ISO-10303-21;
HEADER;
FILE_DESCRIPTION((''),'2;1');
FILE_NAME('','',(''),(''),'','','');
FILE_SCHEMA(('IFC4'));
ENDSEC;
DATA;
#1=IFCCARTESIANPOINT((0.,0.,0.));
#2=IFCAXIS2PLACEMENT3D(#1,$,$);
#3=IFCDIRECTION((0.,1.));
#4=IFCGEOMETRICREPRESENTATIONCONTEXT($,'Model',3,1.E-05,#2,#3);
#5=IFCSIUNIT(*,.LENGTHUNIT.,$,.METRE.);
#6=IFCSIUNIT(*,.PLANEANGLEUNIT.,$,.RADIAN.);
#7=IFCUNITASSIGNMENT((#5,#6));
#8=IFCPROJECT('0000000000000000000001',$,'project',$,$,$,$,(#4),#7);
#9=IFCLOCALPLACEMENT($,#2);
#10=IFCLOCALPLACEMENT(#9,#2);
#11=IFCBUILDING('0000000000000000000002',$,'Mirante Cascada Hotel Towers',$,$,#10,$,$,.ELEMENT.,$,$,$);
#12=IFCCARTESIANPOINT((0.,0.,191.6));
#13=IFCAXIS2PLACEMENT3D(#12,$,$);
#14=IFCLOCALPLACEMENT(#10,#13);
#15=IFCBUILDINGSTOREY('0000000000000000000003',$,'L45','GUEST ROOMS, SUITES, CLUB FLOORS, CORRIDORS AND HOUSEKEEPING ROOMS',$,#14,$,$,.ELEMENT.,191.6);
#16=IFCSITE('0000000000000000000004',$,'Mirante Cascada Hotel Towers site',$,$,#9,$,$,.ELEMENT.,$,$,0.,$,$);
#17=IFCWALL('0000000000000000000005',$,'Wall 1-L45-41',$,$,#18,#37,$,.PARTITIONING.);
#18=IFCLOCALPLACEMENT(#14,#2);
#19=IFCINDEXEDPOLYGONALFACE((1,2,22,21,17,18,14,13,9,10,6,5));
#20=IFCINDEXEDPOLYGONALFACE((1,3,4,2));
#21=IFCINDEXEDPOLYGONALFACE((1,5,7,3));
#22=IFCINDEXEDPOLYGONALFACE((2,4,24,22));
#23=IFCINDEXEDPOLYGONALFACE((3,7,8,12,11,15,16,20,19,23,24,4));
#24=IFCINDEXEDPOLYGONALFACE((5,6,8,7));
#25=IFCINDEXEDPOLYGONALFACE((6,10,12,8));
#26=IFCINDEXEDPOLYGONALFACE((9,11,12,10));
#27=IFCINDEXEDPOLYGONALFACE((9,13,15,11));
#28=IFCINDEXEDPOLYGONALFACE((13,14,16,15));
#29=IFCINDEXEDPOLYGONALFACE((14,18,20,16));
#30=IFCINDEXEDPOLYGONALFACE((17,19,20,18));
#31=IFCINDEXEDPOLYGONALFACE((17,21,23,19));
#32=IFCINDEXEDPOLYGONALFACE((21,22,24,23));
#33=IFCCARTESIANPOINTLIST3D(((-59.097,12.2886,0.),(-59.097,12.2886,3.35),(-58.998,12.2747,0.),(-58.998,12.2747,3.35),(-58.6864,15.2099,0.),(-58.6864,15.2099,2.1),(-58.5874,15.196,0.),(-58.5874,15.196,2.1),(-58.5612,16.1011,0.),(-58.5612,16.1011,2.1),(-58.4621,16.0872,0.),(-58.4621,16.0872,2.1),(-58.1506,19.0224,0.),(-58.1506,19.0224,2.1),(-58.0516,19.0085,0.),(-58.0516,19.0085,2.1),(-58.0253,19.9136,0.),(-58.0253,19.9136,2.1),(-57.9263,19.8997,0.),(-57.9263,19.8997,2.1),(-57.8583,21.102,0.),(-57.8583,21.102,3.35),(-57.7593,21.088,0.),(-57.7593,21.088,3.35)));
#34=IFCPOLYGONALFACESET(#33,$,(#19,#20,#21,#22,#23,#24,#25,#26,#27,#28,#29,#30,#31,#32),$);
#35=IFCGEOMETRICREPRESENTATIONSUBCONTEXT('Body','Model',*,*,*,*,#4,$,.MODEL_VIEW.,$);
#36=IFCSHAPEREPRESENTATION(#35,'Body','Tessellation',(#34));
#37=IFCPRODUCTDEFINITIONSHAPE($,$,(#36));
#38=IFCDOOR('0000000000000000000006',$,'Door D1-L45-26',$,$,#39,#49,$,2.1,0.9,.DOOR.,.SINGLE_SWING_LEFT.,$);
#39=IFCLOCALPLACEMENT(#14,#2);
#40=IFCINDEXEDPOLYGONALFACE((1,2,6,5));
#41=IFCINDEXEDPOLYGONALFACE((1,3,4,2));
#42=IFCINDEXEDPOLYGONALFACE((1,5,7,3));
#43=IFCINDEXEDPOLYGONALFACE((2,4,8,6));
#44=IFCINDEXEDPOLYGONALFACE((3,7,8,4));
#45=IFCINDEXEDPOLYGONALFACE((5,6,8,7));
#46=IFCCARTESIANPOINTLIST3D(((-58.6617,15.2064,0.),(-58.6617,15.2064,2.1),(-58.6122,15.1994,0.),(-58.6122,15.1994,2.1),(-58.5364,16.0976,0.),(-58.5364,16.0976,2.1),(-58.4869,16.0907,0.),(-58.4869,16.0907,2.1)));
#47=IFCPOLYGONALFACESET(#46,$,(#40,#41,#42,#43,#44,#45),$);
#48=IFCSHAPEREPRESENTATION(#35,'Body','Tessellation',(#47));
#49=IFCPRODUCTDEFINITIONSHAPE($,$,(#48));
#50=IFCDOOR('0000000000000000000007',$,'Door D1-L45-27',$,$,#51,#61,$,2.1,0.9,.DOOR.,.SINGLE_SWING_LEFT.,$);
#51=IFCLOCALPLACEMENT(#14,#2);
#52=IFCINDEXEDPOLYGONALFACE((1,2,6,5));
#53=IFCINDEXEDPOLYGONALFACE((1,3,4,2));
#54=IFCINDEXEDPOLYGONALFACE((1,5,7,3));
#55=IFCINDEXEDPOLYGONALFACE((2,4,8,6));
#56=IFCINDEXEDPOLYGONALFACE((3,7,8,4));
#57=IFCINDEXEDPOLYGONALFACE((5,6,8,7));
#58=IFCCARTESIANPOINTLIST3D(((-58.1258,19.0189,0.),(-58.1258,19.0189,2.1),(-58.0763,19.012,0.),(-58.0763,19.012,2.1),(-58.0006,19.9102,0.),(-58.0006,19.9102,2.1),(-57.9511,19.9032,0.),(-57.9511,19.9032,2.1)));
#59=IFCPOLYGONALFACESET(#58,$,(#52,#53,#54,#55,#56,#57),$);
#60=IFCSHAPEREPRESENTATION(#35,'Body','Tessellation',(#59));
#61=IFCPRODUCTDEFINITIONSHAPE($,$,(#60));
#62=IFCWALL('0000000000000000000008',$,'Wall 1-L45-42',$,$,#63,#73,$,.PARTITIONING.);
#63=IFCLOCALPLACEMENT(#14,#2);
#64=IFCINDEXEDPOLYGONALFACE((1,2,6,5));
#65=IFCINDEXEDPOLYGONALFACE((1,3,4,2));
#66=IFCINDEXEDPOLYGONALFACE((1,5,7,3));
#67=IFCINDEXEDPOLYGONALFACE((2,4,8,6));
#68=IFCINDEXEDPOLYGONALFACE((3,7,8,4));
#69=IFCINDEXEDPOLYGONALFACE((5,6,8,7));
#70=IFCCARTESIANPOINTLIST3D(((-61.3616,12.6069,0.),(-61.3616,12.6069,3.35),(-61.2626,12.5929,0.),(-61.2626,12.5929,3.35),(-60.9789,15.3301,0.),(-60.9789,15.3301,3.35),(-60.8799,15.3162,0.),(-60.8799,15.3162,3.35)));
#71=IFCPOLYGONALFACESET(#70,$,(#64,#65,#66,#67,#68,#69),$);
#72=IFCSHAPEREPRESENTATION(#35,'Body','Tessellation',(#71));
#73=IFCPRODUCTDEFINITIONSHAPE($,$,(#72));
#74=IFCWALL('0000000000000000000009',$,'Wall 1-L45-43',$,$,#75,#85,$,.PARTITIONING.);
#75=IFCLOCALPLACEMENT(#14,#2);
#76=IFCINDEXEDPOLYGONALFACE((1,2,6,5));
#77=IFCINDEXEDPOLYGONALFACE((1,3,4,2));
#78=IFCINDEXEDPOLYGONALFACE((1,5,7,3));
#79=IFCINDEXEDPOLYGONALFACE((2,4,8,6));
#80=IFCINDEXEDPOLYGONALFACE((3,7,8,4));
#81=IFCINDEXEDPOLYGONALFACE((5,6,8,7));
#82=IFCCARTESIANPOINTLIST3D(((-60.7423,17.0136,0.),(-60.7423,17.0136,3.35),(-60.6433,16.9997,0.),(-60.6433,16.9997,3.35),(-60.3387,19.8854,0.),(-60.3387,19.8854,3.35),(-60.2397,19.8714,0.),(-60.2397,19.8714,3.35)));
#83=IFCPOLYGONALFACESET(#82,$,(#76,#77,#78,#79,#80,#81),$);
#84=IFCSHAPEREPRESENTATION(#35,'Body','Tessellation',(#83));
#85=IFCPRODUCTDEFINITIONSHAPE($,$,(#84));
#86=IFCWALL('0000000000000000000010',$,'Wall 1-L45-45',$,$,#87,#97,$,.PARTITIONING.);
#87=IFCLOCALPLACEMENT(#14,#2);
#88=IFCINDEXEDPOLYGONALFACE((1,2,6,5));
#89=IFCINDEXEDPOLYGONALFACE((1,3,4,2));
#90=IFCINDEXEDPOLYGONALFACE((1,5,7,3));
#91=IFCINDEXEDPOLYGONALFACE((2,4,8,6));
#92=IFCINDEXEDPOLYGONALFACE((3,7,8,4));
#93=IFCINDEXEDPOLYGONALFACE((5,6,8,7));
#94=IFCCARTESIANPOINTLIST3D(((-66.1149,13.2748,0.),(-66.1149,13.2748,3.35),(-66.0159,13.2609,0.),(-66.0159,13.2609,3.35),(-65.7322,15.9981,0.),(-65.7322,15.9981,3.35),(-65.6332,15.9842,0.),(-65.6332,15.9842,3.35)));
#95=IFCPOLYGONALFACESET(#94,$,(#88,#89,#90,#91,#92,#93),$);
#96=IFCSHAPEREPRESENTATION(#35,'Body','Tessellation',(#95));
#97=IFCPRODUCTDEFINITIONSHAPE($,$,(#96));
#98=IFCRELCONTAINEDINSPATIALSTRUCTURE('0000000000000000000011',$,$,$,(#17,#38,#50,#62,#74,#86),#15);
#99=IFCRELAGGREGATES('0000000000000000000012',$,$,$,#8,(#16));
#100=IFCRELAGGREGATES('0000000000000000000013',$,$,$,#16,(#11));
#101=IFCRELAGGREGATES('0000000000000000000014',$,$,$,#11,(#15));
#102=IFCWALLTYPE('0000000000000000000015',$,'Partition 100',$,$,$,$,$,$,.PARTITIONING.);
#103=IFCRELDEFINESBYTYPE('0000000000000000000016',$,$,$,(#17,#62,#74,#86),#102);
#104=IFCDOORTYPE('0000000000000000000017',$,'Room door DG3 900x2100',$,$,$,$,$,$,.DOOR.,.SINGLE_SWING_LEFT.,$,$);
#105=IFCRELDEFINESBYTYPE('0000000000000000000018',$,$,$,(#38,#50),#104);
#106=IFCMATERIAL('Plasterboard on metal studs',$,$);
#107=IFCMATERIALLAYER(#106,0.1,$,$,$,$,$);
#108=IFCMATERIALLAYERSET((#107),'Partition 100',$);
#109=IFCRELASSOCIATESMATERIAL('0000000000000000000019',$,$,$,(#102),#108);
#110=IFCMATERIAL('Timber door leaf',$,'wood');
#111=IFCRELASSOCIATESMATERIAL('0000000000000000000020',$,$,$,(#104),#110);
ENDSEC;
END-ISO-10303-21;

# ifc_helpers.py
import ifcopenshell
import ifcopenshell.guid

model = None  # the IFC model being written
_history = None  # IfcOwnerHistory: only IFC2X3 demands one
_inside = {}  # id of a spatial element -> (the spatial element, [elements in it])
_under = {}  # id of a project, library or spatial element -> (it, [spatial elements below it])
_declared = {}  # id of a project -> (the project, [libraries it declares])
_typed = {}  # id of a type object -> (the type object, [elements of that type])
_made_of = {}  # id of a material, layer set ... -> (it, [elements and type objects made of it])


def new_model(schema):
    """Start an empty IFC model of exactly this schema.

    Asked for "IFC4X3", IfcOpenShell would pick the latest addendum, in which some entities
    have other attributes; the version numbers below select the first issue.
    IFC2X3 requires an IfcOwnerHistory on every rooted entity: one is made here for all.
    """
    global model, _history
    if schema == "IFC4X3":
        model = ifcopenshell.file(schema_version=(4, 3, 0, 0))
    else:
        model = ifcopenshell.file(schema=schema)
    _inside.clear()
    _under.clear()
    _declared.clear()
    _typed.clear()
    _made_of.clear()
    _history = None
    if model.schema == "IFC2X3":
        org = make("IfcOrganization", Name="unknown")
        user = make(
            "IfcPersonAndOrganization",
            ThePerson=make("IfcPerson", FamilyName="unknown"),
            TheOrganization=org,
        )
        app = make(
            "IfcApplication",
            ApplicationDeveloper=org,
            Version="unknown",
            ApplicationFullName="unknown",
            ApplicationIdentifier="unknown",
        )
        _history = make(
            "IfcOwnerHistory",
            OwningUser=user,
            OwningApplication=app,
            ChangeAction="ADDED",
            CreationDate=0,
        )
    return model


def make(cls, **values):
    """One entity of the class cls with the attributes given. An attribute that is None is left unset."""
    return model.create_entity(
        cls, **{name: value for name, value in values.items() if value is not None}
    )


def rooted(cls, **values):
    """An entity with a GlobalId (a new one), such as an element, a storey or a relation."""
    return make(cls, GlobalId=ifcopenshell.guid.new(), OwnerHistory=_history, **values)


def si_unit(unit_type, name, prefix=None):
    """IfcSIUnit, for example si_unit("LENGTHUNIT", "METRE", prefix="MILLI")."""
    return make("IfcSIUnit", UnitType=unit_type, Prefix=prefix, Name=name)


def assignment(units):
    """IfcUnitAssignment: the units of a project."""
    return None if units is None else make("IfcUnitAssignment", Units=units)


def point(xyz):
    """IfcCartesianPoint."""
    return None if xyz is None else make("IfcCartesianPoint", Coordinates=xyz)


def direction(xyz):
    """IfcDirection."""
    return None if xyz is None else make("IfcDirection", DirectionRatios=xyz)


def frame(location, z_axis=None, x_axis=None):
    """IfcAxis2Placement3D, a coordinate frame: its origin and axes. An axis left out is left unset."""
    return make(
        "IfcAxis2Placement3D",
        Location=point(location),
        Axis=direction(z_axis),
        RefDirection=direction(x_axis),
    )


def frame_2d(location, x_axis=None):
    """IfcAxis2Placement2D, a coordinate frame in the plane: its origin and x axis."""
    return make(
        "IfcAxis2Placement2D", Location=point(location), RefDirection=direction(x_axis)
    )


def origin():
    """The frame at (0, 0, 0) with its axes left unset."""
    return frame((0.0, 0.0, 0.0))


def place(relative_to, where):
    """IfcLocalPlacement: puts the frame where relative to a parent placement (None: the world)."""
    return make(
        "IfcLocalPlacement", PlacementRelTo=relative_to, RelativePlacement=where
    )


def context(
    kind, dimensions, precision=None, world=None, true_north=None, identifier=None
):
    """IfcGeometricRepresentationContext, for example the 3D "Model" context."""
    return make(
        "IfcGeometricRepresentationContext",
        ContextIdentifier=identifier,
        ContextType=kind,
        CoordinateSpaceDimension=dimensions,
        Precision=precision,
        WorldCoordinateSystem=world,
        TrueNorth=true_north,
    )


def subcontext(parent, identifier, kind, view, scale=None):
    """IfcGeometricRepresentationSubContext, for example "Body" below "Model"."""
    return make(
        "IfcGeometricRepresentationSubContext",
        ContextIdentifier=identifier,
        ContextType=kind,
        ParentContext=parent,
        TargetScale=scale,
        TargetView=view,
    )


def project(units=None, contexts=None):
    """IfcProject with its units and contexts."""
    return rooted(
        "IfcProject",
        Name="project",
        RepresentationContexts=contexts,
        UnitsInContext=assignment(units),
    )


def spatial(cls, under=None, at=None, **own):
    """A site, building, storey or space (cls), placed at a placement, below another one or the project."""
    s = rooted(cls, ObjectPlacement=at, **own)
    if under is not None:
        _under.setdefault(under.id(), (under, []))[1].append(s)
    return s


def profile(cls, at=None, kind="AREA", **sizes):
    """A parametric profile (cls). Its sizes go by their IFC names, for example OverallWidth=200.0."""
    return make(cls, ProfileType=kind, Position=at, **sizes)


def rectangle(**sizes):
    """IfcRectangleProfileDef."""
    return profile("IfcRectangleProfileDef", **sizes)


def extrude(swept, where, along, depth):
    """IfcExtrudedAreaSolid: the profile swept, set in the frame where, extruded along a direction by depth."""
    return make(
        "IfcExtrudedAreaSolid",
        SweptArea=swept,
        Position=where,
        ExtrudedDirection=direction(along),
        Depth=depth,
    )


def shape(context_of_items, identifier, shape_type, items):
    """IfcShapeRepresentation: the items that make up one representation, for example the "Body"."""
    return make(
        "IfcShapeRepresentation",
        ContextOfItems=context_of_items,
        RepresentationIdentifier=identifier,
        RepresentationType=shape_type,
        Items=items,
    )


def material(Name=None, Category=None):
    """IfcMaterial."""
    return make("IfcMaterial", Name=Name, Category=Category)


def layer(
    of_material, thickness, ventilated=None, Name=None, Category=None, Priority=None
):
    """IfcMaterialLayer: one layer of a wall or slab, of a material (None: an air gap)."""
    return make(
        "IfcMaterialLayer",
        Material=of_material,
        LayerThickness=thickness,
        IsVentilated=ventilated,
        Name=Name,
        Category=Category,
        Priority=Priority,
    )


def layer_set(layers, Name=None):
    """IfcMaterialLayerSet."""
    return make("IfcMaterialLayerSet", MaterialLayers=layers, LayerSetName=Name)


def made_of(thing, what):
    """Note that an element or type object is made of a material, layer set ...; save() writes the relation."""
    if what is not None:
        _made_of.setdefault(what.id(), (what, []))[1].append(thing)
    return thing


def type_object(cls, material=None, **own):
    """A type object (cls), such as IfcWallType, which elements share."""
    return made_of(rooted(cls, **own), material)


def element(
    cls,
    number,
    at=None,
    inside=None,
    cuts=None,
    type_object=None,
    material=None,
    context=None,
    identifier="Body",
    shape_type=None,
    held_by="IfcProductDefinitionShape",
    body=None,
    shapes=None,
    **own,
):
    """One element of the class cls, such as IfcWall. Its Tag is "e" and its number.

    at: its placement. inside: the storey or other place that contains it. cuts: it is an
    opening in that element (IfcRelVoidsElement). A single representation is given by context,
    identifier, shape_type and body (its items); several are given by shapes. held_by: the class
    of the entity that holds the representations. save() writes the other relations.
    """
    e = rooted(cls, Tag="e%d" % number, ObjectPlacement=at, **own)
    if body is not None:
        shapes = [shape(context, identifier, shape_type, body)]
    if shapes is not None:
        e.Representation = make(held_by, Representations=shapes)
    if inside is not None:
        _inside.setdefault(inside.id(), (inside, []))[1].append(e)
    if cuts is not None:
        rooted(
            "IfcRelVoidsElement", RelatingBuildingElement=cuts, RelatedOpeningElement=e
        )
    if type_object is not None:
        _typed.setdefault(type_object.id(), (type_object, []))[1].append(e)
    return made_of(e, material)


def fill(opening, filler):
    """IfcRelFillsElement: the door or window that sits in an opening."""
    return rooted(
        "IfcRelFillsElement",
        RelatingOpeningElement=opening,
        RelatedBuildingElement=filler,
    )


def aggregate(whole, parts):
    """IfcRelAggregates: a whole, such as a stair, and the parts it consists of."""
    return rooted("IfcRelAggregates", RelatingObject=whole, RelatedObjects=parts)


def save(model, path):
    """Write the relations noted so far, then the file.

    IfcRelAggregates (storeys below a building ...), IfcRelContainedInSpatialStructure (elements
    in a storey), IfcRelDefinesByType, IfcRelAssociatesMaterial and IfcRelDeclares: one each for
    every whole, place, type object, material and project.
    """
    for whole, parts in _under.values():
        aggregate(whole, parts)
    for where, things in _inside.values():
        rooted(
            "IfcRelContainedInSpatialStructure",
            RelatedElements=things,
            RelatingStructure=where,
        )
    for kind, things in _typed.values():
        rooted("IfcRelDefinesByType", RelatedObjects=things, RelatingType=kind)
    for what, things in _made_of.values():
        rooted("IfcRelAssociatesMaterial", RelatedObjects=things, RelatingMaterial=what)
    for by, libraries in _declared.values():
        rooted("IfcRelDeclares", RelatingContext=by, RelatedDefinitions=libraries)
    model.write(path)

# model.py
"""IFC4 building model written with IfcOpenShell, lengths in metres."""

from ifc_helpers import new_model, si_unit, direction, frame, frame_2d, origin, place, context, subcontext, project, spatial, rectangle, extrude, material, layer, layer_set, type_object, element, fill, save


model = new_model("IFC4")

# Units and contexts
model_context = context("Model", 3, precision=1e-05, world=origin(), true_north=direction((0.0, 1.0)))
body_context = subcontext(model_context, "Body", "Model", "MODEL_VIEW")
ifc_project = project(units=[si_unit("LENGTHUNIT", "METRE"), si_unit("PLANEANGLEUNIT", "RADIAN")], contexts=[model_context])

# Site, building, storey
site_placement = place(None, origin())
site = spatial("IfcSite", under=ifc_project, at=site_placement, Name="Mirante Cascada Hotel Towers site", CompositionType="ELEMENT", RefElevation=0.0)
building_placement = place(site_placement, origin())
building = spatial("IfcBuilding", under=site, at=building_placement, Name="Mirante Cascada Hotel Towers", CompositionType="ELEMENT")
storey_placement = place(building_placement, frame((0.0, 0.0, 191.6)))
storey = spatial("IfcBuildingStorey", under=building, at=storey_placement, Name="L45", Description="GUEST ROOMS, SUITES, CLUB FLOORS, CORRIDORS AND HOUSEKEEPING ROOMS", CompositionType="ELEMENT", Elevation=191.6)

# Shared definitions
ifc_material_1 = material(Name="Plasterboard on metal studs")
ifc_layer_1 = layer(ifc_material_1, 0.1)
ifc_layer_set_1 = layer_set([ifc_layer_1], Name="Partition 100")
wall_type_1 = type_object("IfcWallType", Name="Partition 100", PredefinedType="PARTITIONING", material=ifc_layer_set_1)

# Wall, openings, doors
wall_1_placement = place(storey_placement, frame((-57.8088, 21.095, 0.0), z_axis=(0.0, 0.0, 1.0), x_axis=(-0.139179, -0.990267, 0.0)))
wall_1 = element("IfcWall", 1, at=wall_1_placement, inside=storey, type_object=wall_type_1, Name="Wall 1-L45-41", PredefinedType="PARTITIONING", context=body_context, shape_type="SweptSolid", body=[
    extrude(rectangle(XDim=8.9, YDim=0.1, at=frame_2d((4.45, 0.0))), origin(), (0.0, 0.0, 1.0), 3.35),
])
opening_1_placement = place(wall_1_placement, frame((5.05, 0.0, 0.0)))
opening_1 = element("IfcOpeningElement", 2, at=opening_1_placement, cuts=wall_1, PredefinedType="OPENING", context=body_context, shape_type="SweptSolid", body=[
    extrude(rectangle(XDim=0.9, YDim=2.1, at=frame_2d((0.45, 1.05))), frame((0.0, 0.05, 0.0), z_axis=(0.0, -1.0, 0.0), x_axis=(1.0, 0.0, 0.0)), (0.0, 0.0, 1.0), 0.1),
])
opening_2_placement = place(wall_1_placement, frame((1.2, 0.0, 0.0)))
opening_2 = element("IfcOpeningElement", 3, at=opening_2_placement, cuts=wall_1, PredefinedType="OPENING", context=body_context, shape_type="SweptSolid", body=[
    extrude(rectangle(XDim=0.9, YDim=2.1, at=frame_2d((0.45, 1.05))), frame((0.0, 0.05, 0.0), z_axis=(0.0, -1.0, 0.0), x_axis=(1.0, 0.0, 0.0)), (0.0, 0.0, 1.0), 0.1),
])
ifc_material_2 = material(Name="Timber door leaf", Category="wood")
door_type_1 = type_object("IfcDoorType", Name="Room door DG3 900x2100", OperationType="SINGLE_SWING_LEFT", PredefinedType="DOOR", material=ifc_material_2)
door_1_placement = place(opening_1_placement, origin())
door_1 = element("IfcDoor", 4, at=door_1_placement, inside=storey, type_object=door_type_1, Name="Door D1-L45-26", OperationType="SINGLE_SWING_LEFT", OverallHeight=2.1, OverallWidth=0.9, PredefinedType="DOOR", context=body_context, shape_type="SweptSolid", body=[
    extrude(rectangle(XDim=0.9, YDim=2.1, at=frame_2d((0.45, 1.05))), frame((0.0, 0.025, 0.0), z_axis=(0.0, -1.0, 0.0), x_axis=(1.0, 0.0, 0.0)), (0.0, 0.0, 1.0), 0.05),
])
fill(opening_1, door_1)
door_2_placement = place(opening_2_placement, origin())
door_2 = element("IfcDoor", 5, at=door_2_placement, inside=storey, type_object=door_type_1, Name="Door D1-L45-27", OperationType="SINGLE_SWING_LEFT", OverallHeight=2.1, OverallWidth=0.9, PredefinedType="DOOR", context=body_context, shape_type="SweptSolid", body=[
    extrude(rectangle(XDim=0.9, YDim=2.1, at=frame_2d((0.45, 1.05))), frame((0.0, 0.025, 0.0), z_axis=(0.0, -1.0, 0.0), x_axis=(1.0, 0.0, 0.0)), (0.0, 0.0, 1.0), 0.05),
])
fill(opening_2, door_2)

# Walls
wall_2_placement = place(storey_placement, frame((-61.3121, 12.5999, 0.0), z_axis=(0.0, 0.0, 1.0), x_axis=(0.139166, 0.990269, 0.0)))
element("IfcWall", 6, at=wall_2_placement, inside=storey, type_object=wall_type_1, Name="Wall 1-L45-42", PredefinedType="PARTITIONING", context=body_context, shape_type="SweptSolid", body=[
    extrude(rectangle(XDim=2.75, YDim=0.1, at=frame_2d((1.375, 0.0))), origin(), (0.0, 0.0, 1.0), 3.35),
])
wall_3_placement = place(storey_placement, frame((-60.2892, 19.8784, 0.0), z_axis=(0.0, 0.0, 1.0), x_axis=(-0.139171, -0.990268, 0.0)))
element("IfcWall", 7, at=wall_3_placement, inside=storey, type_object=wall_type_1, Name="Wall 1-L45-43", PredefinedType="PARTITIONING", context=body_context, shape_type="SweptSolid", body=[
    extrude(rectangle(XDim=2.9, YDim=0.1, at=frame_2d((1.45, 0.0))), origin(), (0.0, 0.0, 1.0), 3.35),
])
wall_4_placement = place(storey_placement, frame((-65.6827, 15.9912, 0.0), z_axis=(0.0, 0.0, 1.0), x_axis=(-0.139161, -0.99027, 0.0)))
element("IfcWall", 8, at=wall_4_placement, inside=storey, type_object=wall_type_1, Name="Wall 1-L45-45", PredefinedType="PARTITIONING", context=body_context, shape_type="SweptSolid", body=[
    extrude(rectangle(XDim=2.7501, YDim=0.1, at=frame_2d((1.3751, 0.0))), origin(), (0.0, 0.0, 1.0), 3.35),
])

save(model, "model.ifc")
